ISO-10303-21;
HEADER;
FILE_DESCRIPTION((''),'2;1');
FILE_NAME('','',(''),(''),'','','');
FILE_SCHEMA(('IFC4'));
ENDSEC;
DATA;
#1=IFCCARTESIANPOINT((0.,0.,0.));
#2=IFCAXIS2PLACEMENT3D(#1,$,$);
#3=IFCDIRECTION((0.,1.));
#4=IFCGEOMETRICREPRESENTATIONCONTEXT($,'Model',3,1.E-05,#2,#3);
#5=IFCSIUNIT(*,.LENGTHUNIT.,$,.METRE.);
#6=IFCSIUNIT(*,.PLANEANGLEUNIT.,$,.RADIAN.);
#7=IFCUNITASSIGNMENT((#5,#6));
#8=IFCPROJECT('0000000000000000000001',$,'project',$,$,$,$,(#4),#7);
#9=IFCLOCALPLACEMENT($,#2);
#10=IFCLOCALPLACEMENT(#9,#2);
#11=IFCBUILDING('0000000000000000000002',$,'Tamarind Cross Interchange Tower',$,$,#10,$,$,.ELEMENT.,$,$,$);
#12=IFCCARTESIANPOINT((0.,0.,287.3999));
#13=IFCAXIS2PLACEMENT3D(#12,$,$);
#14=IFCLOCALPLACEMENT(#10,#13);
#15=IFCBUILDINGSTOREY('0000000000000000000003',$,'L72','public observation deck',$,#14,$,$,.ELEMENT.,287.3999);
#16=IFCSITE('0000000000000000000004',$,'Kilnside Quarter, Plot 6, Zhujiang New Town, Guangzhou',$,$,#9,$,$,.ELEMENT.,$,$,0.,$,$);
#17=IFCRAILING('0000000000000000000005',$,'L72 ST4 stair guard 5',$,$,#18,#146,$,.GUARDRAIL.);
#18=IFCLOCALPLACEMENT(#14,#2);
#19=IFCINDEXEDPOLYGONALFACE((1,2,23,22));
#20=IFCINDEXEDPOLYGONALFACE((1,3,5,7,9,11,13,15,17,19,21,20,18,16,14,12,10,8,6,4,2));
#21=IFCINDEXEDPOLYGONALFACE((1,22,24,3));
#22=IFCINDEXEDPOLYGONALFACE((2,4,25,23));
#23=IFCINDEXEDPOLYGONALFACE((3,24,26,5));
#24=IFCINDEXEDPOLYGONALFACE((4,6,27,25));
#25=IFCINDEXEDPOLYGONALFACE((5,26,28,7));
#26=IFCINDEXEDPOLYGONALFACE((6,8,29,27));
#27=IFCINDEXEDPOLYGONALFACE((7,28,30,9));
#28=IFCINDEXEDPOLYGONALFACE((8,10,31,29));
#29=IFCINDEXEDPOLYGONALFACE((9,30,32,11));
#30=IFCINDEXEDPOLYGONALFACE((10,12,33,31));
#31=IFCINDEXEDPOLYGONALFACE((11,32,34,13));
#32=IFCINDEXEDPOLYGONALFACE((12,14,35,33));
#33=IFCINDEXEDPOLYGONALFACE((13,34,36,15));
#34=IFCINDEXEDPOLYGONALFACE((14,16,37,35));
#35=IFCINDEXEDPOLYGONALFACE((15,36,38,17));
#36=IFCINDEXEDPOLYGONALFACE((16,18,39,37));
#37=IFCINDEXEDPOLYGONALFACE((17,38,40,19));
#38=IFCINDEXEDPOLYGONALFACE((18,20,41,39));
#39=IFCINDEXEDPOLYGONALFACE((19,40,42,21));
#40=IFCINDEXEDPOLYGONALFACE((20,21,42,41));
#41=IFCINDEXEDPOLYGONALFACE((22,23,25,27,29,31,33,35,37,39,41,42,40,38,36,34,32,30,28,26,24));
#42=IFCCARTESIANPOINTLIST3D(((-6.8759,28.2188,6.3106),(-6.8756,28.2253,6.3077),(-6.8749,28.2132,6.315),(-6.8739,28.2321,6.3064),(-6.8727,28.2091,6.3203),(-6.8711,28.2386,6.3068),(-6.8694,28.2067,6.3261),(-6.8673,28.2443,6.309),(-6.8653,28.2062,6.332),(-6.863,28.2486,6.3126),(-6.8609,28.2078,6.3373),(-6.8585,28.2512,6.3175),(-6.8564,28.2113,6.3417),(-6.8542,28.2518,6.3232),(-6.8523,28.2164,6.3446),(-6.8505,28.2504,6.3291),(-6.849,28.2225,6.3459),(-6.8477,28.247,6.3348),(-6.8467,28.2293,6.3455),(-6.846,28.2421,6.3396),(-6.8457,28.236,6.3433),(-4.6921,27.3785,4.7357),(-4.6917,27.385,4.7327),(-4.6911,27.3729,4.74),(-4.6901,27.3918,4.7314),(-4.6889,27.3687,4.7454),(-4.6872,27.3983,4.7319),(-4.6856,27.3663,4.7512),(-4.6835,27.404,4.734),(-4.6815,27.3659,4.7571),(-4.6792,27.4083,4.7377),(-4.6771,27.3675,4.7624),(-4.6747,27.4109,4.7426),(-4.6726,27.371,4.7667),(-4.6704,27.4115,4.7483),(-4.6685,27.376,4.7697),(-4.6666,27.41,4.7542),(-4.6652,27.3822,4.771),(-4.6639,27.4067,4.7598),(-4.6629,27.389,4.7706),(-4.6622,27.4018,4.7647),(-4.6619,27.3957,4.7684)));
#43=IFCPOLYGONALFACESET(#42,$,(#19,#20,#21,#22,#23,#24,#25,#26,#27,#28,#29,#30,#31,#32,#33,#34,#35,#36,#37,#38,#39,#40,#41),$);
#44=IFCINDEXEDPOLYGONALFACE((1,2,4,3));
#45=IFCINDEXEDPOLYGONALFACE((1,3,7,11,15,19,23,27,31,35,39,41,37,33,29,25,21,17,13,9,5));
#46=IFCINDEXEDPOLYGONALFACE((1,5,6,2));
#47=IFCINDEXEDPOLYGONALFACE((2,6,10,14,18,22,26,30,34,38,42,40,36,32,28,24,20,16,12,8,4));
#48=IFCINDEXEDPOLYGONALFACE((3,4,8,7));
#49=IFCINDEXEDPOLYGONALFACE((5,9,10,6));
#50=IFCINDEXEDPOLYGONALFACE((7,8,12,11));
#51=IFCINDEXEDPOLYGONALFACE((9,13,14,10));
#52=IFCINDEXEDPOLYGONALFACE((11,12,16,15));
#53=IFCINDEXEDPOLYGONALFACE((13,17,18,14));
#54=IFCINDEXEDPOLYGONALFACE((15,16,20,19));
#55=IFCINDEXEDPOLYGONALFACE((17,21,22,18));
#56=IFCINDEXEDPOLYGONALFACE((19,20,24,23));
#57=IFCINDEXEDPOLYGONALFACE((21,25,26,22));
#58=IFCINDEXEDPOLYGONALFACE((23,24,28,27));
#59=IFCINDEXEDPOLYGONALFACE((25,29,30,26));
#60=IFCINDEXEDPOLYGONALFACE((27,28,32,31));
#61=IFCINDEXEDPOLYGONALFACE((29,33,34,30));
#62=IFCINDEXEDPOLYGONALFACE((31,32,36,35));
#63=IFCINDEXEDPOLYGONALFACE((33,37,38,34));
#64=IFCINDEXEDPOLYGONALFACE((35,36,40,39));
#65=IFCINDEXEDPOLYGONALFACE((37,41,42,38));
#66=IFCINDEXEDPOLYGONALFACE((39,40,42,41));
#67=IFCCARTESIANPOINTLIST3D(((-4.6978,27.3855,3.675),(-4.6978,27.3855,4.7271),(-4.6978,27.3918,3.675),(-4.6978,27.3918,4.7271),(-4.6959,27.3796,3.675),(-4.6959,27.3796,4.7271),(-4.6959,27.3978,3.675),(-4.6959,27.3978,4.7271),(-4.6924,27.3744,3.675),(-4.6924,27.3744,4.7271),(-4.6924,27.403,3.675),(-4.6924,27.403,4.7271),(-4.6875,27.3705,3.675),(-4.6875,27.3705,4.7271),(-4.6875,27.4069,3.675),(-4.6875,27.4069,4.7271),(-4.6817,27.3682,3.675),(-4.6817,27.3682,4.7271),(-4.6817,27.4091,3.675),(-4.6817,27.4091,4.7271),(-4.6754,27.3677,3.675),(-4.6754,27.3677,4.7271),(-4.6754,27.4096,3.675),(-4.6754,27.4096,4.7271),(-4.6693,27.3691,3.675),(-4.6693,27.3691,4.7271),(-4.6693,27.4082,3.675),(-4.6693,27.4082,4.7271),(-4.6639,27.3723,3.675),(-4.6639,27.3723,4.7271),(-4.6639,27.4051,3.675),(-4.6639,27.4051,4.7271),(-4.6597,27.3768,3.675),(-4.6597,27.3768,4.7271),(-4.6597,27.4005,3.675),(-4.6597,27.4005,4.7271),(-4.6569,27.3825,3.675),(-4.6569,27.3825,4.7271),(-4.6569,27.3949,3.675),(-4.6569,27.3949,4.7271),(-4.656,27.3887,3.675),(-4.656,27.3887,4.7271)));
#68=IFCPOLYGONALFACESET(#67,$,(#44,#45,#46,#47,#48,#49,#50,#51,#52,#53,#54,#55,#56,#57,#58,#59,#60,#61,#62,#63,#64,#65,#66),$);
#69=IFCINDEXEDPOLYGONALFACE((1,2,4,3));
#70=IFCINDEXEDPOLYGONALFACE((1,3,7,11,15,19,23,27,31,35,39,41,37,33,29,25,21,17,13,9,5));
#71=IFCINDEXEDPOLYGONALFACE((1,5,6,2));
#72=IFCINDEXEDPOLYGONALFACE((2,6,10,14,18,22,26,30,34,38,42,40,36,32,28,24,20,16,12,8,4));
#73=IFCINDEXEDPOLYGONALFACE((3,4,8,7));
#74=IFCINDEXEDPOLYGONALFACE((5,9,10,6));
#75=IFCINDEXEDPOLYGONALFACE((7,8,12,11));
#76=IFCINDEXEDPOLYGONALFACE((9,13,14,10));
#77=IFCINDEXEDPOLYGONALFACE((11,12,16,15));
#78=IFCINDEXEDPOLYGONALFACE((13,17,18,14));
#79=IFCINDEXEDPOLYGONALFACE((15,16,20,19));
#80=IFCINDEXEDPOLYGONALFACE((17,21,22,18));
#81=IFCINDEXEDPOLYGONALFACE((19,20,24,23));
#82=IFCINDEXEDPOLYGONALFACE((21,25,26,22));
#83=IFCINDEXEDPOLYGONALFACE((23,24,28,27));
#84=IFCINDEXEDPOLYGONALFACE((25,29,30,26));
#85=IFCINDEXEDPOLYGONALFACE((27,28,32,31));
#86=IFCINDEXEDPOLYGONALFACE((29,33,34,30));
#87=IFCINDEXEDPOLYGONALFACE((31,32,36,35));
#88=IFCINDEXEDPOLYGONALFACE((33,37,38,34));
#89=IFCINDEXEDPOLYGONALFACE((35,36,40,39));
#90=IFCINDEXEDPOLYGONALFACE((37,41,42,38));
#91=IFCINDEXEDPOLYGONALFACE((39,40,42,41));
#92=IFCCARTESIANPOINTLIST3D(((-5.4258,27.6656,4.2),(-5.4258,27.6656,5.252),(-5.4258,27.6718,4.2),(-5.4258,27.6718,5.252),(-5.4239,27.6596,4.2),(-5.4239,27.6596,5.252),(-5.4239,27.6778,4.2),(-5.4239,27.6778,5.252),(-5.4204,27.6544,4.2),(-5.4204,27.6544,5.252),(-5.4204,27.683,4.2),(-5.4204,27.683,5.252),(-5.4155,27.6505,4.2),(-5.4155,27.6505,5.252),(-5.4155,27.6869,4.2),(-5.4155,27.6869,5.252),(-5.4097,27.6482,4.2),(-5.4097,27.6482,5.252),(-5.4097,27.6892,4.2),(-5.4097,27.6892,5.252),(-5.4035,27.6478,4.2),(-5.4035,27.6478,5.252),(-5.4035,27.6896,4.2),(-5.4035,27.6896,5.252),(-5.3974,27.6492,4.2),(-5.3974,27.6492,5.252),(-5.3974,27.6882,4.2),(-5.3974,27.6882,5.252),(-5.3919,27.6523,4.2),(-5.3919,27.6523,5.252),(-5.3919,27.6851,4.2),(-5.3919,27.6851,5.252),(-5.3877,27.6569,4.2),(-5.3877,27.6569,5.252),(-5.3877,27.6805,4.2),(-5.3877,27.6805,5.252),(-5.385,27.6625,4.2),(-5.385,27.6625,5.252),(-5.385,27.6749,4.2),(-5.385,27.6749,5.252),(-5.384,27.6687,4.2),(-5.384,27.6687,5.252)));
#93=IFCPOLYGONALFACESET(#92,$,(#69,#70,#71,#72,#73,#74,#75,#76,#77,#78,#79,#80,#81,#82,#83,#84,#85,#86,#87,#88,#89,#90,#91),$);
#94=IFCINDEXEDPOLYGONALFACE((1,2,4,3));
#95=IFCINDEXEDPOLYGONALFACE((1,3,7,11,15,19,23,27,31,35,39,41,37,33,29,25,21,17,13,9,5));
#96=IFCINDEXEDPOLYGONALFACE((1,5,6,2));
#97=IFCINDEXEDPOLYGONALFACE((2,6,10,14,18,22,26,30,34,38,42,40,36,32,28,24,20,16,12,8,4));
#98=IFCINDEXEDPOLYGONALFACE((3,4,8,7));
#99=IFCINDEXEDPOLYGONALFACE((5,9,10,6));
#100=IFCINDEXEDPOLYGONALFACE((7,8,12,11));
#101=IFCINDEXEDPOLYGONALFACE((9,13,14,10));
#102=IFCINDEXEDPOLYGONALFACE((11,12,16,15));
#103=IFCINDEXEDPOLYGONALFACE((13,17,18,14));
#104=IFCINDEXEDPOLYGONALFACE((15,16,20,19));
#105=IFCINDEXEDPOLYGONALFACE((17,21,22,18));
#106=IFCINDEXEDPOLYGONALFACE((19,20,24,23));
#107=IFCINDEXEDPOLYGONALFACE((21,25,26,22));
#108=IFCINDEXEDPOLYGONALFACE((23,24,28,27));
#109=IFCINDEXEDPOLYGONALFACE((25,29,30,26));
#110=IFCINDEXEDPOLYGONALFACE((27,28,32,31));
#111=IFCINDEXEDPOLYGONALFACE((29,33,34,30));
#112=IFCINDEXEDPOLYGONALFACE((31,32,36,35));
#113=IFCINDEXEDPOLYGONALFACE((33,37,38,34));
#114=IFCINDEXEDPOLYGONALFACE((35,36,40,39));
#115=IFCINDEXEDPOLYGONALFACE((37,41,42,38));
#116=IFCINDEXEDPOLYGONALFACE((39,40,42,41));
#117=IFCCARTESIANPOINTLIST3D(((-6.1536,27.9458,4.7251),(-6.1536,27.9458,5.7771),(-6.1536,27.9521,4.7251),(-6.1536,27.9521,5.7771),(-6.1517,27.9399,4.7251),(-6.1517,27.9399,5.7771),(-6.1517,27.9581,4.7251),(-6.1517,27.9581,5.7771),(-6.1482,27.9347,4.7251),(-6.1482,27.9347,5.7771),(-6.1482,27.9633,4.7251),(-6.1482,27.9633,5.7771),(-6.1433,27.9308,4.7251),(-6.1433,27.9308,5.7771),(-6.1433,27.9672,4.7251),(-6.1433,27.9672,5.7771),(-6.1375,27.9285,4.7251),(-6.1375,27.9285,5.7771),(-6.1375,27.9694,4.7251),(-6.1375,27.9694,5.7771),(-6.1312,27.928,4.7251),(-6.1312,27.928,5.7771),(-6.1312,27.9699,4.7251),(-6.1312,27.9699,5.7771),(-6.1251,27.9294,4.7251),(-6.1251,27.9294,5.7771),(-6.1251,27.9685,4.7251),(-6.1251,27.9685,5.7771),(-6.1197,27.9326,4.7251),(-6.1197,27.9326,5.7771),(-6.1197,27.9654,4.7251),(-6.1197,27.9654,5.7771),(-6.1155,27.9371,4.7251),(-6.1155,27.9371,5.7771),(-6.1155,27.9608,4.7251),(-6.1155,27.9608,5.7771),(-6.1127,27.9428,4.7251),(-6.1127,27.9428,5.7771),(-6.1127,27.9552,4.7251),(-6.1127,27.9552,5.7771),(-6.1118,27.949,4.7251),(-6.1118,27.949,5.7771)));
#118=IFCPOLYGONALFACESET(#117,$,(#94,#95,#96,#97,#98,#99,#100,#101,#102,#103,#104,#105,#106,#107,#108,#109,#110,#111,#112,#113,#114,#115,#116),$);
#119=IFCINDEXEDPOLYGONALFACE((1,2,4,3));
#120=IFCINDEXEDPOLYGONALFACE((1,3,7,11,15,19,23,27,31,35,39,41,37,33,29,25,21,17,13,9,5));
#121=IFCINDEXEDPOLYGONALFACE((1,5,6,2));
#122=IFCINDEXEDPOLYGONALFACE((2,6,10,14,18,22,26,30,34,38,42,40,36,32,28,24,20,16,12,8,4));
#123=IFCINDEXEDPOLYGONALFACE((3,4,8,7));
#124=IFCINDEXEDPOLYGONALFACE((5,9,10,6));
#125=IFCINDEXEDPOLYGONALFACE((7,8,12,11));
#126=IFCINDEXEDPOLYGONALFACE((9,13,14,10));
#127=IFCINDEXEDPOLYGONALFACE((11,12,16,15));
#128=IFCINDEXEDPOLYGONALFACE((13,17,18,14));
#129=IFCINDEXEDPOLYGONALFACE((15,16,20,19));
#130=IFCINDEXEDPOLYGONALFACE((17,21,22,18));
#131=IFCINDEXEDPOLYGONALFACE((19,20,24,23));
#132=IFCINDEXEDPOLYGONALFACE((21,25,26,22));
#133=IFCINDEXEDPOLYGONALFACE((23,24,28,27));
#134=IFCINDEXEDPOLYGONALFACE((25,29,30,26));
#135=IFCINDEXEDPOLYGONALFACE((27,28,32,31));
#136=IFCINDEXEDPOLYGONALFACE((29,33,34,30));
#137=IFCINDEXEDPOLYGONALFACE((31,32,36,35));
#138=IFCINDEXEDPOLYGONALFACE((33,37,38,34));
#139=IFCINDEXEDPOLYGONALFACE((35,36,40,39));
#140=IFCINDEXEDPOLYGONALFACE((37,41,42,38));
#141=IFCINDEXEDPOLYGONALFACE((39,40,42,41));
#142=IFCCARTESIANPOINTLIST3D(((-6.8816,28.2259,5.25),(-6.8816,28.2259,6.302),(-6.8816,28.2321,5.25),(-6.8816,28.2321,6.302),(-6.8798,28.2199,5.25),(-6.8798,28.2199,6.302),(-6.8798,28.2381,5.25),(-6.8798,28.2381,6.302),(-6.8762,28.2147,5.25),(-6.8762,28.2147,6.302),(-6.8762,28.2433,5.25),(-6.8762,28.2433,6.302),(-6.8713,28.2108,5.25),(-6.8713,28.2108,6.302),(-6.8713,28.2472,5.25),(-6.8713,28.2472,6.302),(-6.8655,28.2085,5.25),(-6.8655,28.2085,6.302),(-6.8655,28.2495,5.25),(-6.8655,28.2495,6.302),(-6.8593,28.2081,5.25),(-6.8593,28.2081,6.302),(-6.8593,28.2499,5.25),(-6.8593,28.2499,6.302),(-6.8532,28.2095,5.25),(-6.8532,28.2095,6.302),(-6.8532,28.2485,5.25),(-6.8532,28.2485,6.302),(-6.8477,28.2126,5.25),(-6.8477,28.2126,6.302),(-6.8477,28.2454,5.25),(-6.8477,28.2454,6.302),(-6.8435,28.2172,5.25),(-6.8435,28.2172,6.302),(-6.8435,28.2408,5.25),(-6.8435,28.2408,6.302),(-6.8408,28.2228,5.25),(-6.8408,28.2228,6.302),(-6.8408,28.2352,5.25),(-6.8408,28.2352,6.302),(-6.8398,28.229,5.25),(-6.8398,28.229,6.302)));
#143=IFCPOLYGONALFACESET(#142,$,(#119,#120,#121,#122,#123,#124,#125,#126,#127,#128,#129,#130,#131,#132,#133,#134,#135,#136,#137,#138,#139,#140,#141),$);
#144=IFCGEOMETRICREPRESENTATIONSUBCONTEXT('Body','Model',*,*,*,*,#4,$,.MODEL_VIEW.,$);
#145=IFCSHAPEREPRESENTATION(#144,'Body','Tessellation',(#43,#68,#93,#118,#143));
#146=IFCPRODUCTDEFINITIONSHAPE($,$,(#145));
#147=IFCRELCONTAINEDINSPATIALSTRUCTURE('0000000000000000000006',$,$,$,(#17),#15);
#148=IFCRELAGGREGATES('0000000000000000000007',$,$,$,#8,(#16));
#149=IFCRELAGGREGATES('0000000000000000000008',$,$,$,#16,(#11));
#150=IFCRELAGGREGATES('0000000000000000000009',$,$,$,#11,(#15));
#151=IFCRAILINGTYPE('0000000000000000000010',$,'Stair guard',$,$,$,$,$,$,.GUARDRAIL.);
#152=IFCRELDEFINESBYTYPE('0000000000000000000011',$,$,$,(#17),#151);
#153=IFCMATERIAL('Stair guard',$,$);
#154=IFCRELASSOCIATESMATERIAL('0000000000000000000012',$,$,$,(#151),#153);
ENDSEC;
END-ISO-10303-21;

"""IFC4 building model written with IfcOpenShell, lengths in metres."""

from ifc_helpers import new_model, si_unit, direction, frame, origin, origin_2d, place, context, subcontext, project, spatial, circle, extrude, material, type_object, element, save


model = new_model("IFC4")

# Units and contexts
model_context = context("Model", 3, precision=1e-05, world=origin(), true_north=direction((0.0, 1.0)))
body_context = subcontext(model_context, "Body", "Model", "MODEL_VIEW")
ifc_project = project(units=[si_unit("LENGTHUNIT", "METRE"), si_unit("PLANEANGLEUNIT", "RADIAN")], contexts=[model_context])

# Site, building, storey
site_placement = place(None, origin())
site = spatial("IfcSite", under=ifc_project, at=site_placement, Name="Kilnside Quarter, Plot 6, Zhujiang New Town, Guangzhou", CompositionType="ELEMENT", RefElevation=0.0)
building_placement = place(site_placement, origin())
building = spatial("IfcBuilding", under=site, at=building_placement, Name="Tamarind Cross Interchange Tower", CompositionType="ELEMENT")
storey_placement = place(building_placement, frame((0.0, 0.0, 287.3999)))
storey = spatial("IfcBuildingStorey", under=building, at=storey_placement, Name="L72", Description="public observation deck", CompositionType="ELEMENT", Elevation=287.3999)

# Railing
ifc_material_1 = material(Name="Stair guard")
railing_type_1 = type_object("IfcRailingType", Name="Stair guard", PredefinedType="GUARDRAIL", material=ifc_material_1)
railing_1_placement = place(storey_placement, frame((-4.677, 27.3887, 3.675)))
element("IfcRailing", 1, at=railing_1_placement, inside=storey, type_object=railing_type_1, Name="L72 ST4 stair guard 5", PredefinedType="GUARDRAIL", context=body_context, shape_type="SweptSolid", body=[
    extrude(circle(Radius=0.0239, at=origin_2d()), frame((0.0, 0.0, 1.0762), z_axis=(-0.774246, 0.297927, 0.558375), x_axis=(-0.359126, -0.933289, 0.0)), (0.0, 0.0, 1.0), 2.8206),
    extrude(circle(Radius=0.021, at=origin_2d()), origin(), (0.0, 0.0, 1.0), 1.052),
    extrude(circle(Radius=0.021, at=origin_2d()), frame((-0.728, 0.28, 0.5249)), (0.0, 0.0, 1.0), 1.052),
    extrude(circle(Radius=0.021, at=origin_2d()), frame((-1.4558, 0.5603, 1.05)), (0.0, 0.0, 1.0), 1.052),
    extrude(circle(Radius=0.021, at=origin_2d()), frame((-2.1838, 0.8403, 1.575)), (0.0, 0.0, 1.0), 1.052),
])

save(model, "model.ifc")
